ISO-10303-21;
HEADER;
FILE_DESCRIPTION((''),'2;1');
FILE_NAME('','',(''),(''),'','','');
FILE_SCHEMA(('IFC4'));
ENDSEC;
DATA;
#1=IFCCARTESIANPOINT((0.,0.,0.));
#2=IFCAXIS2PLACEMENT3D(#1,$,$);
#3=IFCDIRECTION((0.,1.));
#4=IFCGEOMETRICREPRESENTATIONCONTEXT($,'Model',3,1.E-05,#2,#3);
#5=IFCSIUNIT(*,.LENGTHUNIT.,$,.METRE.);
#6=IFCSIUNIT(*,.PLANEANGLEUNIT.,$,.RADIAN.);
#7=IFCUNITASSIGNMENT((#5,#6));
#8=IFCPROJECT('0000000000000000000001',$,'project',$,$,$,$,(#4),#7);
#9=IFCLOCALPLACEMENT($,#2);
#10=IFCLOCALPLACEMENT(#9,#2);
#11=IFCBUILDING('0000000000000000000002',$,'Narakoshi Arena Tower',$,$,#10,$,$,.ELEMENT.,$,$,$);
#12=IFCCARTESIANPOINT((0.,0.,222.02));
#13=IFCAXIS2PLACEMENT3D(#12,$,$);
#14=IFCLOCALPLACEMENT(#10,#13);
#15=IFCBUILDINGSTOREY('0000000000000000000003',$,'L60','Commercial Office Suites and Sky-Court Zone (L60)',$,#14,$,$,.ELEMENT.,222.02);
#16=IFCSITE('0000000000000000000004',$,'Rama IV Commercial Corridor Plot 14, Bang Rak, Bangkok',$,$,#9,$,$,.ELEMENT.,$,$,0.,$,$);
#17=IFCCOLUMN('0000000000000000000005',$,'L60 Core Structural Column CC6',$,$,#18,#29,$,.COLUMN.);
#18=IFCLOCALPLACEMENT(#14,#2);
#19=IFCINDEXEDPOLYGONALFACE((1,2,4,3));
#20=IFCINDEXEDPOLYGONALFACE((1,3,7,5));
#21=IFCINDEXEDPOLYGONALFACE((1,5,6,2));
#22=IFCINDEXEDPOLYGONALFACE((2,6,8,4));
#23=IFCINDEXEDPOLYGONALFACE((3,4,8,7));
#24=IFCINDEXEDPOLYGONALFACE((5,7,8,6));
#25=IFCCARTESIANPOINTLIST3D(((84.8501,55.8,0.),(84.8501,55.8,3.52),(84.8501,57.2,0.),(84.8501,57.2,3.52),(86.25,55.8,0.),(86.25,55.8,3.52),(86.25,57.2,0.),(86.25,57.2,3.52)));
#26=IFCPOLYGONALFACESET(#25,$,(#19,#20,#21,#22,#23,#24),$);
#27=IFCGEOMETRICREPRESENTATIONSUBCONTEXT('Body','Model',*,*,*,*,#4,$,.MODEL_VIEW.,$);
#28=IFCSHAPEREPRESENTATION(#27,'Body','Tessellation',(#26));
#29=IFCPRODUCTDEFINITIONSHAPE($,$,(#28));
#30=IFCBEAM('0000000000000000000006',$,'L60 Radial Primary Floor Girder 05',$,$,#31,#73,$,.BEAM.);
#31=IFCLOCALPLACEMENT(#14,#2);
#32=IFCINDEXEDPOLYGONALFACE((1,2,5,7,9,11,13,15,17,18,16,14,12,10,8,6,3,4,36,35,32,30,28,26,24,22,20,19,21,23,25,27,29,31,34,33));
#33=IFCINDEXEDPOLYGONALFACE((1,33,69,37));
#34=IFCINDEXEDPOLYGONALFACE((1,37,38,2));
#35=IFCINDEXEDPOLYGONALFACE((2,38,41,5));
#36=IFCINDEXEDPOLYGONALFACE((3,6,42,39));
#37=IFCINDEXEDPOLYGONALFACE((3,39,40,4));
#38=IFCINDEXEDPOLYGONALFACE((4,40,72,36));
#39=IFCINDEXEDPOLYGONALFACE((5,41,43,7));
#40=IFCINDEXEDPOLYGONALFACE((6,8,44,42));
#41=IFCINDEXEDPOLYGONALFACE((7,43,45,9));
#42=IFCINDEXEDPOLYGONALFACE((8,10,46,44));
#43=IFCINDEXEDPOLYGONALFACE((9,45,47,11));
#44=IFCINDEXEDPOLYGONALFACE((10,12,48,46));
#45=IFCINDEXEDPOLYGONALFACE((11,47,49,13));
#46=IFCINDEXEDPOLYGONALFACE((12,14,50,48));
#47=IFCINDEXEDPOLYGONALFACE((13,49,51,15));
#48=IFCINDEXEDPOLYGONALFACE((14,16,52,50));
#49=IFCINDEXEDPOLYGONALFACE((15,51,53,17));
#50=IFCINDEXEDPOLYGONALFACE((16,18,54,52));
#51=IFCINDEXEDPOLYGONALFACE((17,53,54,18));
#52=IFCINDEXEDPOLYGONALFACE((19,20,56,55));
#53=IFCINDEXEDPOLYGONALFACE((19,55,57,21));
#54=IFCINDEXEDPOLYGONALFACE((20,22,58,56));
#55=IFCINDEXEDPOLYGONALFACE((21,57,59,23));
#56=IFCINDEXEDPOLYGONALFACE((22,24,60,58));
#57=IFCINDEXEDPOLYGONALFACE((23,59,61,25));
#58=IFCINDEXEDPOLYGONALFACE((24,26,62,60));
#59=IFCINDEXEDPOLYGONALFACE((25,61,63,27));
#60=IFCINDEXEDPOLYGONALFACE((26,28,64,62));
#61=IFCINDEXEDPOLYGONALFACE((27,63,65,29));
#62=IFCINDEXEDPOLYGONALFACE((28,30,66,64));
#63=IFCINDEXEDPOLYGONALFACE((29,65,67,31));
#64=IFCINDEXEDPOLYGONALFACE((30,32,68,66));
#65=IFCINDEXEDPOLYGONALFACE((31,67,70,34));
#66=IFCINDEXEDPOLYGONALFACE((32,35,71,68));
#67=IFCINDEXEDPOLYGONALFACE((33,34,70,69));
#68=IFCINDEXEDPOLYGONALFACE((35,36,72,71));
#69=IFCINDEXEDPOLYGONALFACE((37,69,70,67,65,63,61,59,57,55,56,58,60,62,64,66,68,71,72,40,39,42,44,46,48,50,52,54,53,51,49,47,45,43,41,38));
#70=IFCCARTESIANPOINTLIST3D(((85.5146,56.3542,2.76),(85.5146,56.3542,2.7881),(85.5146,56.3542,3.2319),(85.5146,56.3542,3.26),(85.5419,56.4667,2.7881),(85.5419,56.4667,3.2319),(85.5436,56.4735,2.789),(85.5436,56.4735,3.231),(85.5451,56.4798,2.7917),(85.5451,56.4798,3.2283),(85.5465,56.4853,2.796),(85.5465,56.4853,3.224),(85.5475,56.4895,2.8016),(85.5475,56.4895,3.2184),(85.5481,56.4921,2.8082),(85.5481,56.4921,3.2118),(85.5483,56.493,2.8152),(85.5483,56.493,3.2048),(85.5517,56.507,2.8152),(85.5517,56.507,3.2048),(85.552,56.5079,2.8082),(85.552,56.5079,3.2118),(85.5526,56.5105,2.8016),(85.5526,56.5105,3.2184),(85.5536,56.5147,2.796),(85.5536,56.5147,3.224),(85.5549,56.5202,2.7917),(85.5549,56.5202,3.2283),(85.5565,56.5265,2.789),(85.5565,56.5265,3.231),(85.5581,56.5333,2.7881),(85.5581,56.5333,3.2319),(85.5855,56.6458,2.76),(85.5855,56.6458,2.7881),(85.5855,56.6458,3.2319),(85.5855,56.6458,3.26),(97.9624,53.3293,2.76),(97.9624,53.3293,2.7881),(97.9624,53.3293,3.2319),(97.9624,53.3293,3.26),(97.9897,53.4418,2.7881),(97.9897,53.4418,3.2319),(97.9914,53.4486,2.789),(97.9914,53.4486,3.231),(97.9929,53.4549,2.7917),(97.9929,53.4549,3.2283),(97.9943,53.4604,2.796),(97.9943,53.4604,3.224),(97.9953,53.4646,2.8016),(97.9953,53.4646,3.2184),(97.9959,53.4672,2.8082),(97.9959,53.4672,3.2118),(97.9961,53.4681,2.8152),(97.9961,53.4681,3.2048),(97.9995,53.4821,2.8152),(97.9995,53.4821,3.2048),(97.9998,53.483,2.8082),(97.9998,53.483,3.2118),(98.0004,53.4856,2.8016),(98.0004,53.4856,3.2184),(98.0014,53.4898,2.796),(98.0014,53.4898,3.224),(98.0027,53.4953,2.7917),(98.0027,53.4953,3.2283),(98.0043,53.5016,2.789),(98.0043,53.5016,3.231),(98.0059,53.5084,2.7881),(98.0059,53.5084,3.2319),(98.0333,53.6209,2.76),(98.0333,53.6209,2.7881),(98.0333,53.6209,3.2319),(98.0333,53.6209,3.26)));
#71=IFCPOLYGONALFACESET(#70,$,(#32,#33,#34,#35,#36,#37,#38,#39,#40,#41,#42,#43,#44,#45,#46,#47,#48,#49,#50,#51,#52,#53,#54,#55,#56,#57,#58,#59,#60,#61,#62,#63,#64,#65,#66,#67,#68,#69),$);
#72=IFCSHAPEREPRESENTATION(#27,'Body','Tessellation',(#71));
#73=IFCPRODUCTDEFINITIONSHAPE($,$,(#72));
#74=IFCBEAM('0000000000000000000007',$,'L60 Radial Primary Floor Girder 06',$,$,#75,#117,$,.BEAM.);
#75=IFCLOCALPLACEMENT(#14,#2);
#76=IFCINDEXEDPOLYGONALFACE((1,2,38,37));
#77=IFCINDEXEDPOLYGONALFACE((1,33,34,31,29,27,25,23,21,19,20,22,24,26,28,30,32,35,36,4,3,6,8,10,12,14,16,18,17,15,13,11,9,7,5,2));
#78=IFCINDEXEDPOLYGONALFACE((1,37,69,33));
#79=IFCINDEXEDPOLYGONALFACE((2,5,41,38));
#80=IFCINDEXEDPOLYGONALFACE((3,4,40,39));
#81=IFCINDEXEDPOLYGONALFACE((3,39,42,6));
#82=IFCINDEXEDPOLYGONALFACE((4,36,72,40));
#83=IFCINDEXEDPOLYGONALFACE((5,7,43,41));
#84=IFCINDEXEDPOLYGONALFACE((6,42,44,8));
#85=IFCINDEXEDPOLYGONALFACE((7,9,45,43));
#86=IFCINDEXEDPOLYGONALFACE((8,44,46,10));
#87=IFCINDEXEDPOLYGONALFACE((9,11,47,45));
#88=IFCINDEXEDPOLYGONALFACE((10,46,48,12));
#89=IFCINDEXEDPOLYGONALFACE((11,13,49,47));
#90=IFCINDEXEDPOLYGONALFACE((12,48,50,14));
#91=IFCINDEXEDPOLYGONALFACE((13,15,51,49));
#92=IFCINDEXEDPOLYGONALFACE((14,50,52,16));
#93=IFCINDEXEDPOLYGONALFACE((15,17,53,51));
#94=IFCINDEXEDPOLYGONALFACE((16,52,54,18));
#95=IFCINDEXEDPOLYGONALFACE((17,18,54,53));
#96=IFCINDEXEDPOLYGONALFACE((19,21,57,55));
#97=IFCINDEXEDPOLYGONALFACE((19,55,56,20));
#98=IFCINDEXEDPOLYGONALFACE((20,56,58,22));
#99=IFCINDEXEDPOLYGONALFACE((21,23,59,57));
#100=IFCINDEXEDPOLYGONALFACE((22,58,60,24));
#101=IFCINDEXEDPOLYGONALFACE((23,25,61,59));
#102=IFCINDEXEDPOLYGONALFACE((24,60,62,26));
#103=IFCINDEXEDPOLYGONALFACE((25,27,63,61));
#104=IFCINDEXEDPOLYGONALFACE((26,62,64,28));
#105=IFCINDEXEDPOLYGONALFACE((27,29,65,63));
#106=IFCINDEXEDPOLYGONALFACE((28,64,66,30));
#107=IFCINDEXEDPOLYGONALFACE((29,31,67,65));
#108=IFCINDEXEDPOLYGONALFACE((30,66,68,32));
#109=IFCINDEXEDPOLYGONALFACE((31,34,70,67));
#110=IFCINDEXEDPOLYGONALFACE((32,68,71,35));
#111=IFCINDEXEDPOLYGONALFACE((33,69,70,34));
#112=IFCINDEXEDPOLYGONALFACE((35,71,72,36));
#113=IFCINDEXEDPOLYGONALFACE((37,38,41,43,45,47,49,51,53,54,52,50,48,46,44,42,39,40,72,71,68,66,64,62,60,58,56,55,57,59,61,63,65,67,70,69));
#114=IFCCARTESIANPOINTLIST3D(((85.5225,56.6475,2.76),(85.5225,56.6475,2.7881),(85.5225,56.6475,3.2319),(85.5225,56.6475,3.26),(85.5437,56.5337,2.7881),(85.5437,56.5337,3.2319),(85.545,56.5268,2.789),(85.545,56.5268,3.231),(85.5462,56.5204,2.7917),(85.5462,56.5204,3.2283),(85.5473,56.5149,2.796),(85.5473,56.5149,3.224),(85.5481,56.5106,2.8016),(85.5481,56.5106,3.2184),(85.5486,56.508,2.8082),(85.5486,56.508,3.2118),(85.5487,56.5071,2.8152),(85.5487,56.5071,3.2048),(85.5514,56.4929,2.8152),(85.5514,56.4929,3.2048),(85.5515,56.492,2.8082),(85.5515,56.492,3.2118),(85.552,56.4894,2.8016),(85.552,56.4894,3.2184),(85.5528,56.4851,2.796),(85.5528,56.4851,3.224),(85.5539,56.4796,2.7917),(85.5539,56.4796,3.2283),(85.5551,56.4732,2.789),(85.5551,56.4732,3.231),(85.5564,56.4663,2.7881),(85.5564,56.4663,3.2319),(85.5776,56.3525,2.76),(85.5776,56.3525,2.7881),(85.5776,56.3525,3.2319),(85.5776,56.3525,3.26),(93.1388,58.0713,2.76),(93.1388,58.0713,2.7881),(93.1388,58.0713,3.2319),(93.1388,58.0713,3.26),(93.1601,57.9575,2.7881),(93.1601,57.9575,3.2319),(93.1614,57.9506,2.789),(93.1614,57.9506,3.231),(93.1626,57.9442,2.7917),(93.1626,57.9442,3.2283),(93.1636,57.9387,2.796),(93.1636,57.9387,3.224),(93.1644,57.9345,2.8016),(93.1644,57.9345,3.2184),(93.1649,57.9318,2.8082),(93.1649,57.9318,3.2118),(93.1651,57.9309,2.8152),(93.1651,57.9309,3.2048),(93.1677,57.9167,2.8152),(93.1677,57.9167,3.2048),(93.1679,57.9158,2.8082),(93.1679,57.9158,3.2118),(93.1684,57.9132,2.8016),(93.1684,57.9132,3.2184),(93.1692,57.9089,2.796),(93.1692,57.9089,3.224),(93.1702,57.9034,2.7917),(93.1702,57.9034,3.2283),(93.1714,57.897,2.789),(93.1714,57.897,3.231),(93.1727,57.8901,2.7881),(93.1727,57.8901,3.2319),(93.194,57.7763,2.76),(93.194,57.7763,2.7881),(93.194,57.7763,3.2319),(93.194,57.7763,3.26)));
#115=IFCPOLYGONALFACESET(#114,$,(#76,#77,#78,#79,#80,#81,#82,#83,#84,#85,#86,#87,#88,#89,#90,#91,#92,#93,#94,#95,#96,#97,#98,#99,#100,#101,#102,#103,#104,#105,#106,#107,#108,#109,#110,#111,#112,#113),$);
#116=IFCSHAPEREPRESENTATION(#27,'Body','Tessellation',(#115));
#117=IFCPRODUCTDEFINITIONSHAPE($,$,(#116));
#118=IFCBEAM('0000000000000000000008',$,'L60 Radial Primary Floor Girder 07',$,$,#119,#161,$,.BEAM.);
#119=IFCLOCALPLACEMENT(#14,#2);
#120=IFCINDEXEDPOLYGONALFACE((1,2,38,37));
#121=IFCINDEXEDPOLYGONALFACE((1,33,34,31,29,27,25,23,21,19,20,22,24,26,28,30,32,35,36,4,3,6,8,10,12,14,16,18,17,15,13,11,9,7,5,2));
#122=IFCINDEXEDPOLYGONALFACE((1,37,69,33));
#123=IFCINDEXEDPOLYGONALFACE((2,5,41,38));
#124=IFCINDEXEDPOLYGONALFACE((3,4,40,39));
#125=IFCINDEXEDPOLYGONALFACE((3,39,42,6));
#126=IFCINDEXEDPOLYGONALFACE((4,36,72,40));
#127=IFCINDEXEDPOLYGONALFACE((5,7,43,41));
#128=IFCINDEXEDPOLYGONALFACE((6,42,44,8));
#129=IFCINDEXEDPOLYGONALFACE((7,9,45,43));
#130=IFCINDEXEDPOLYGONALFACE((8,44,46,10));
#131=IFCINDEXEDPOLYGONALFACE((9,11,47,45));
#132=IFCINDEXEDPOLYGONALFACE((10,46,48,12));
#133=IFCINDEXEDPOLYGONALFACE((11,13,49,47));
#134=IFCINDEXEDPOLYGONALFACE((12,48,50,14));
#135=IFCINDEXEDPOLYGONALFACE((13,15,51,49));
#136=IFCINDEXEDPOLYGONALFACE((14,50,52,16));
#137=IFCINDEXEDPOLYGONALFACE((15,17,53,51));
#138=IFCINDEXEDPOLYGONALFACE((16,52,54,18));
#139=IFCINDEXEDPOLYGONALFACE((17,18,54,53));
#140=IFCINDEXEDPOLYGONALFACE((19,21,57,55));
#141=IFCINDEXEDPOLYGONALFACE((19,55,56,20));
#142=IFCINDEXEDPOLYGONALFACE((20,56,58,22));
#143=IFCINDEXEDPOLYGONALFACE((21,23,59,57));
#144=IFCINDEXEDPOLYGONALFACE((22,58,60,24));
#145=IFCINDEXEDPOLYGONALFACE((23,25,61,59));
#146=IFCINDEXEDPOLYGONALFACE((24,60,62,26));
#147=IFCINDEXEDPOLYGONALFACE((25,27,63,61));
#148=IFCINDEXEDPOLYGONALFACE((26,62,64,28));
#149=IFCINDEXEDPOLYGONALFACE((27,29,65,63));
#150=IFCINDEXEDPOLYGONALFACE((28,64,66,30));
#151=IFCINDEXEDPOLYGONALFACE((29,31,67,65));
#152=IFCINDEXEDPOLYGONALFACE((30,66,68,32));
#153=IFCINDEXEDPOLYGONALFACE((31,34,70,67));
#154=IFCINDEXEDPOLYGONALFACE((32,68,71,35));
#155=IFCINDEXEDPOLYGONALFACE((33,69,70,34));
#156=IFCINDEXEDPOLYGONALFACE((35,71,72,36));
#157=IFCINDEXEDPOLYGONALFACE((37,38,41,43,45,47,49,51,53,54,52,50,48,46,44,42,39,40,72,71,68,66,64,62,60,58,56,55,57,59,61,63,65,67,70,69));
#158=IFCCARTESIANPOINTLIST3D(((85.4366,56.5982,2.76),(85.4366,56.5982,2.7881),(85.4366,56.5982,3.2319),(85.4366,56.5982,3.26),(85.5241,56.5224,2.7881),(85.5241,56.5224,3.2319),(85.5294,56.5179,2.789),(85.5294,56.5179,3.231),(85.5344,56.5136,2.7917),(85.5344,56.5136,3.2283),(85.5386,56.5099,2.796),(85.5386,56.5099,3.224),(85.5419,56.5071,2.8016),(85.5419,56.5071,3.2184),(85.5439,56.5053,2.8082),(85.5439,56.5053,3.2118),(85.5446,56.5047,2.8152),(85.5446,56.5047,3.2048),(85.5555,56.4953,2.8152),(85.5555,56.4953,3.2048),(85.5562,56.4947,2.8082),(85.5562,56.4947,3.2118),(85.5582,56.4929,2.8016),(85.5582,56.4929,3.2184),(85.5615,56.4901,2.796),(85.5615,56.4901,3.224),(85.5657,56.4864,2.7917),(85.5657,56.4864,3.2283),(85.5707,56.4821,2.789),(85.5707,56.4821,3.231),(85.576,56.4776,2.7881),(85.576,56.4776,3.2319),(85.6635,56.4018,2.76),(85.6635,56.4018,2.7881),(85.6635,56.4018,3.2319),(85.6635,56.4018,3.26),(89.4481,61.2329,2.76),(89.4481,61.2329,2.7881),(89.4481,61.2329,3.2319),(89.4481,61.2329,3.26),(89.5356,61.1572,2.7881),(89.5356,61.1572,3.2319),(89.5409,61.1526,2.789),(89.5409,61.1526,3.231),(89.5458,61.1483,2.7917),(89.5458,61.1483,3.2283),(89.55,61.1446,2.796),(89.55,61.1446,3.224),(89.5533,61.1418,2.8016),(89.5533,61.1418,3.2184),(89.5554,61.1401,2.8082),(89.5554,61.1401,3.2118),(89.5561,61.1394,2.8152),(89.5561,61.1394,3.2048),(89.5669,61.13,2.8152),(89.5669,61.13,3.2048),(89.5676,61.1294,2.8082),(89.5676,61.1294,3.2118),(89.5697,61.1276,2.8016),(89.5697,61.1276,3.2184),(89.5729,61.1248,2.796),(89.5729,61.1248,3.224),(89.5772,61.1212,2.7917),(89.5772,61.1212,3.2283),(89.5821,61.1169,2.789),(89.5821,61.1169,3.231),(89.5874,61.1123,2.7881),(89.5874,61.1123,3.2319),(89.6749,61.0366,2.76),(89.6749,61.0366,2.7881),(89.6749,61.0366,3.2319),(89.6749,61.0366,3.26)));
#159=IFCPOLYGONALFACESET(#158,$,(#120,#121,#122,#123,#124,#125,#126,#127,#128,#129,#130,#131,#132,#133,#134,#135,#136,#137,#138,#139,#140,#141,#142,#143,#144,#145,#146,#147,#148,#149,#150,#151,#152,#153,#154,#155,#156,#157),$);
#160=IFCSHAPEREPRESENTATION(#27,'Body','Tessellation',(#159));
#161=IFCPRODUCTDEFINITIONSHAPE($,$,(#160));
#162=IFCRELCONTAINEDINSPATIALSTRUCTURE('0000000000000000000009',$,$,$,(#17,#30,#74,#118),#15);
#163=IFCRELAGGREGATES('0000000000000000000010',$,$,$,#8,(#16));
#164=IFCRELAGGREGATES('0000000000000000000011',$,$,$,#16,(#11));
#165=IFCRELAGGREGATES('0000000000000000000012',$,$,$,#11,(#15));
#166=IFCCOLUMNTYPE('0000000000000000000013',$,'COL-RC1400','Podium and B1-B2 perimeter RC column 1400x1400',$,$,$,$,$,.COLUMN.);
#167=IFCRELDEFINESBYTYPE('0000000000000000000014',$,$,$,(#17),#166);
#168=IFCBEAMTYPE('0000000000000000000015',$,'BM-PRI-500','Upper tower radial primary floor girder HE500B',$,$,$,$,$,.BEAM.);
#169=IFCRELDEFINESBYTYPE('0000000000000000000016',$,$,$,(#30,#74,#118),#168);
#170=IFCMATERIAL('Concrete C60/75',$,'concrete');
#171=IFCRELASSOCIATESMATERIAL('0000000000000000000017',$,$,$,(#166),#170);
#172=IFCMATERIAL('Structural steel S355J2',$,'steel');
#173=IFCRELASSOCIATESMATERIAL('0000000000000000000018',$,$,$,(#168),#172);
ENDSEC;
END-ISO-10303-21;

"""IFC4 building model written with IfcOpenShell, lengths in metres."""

from ifc_helpers import new_model, si_unit, direction, frame, origin, origin_2d, place, context, subcontext, project, spatial, rectangle, i_section, extrude, material, material_profile, profile_set, type_object, element, save


model = new_model("IFC4")

# Units and contexts
model_context = context("Model", 3, precision=1e-05, world=origin(), true_north=direction((0.0, 1.0)))
body_context = subcontext(model_context, "Body", "Model", "MODEL_VIEW")
ifc_project = project(units=[si_unit("LENGTHUNIT", "METRE"), si_unit("PLANEANGLEUNIT", "RADIAN")], contexts=[model_context])

# Site, building, storey
site_placement = place(None, origin())
site = spatial("IfcSite", under=ifc_project, at=site_placement, Name="Rama IV Commercial Corridor Plot 14, Bang Rak, Bangkok", CompositionType="ELEMENT", RefElevation=0.0)
building_placement = place(site_placement, origin())
building = spatial("IfcBuilding", under=site, at=building_placement, Name="Narakoshi Arena Tower", CompositionType="ELEMENT")
storey_placement = place(building_placement, frame((0.0, 0.0, 222.02)))
storey = spatial("IfcBuildingStorey", under=building, at=storey_placement, Name="L60", Description="Commercial Office Suites and Sky-Court Zone (L60)", CompositionType="ELEMENT", Elevation=222.02)

# Column
ifc_material_1 = material(Name="Concrete C60/75", Category="concrete")
ifc_material_profile_1 = material_profile(ifc_material_1, rectangle(XDim=1.3999, YDim=1.3999, at=origin_2d()), Name="RC1400x1400")
ifc_profile_set_1 = profile_set([ifc_material_profile_1], Name="Concrete C60/75")
column_type = type_object("IfcColumnType", Name="COL-RC1400", Description="Podium and B1-B2 perimeter RC column 1400x1400", PredefinedType="COLUMN", material=ifc_profile_set_1)
column_placement = place(storey_placement, frame((85.55, 56.5, 0.0), z_axis=(0.0, 0.0, 1.0), x_axis=(1.0, 0.0, 0.0)))
element("IfcColumn", 1, at=column_placement, inside=storey, type_object=column_type, Name="L60 Core Structural Column CC6", PredefinedType="COLUMN", context=body_context, shape_type="SweptSolid", body=[
    extrude(rectangle(XDim=1.3999, YDim=1.3999, at=origin_2d()), origin(), (0.0, 0.0, 1.0), 3.52),
])

# Beams
ifc_material_2 = material(Name="Structural steel S355J2", Category="steel")
ifc_material_profile_2 = material_profile(ifc_material_2, i_section(OverallWidth=0.3, OverallDepth=0.5, WebThickness=0.0144, FlangeThickness=0.0281, FilletRadius=0.0271, at=origin_2d()), Name="HE500B")
ifc_profile_set_2 = profile_set([ifc_material_profile_2], Name="Structural steel S355J2")
beam_type = type_object("IfcBeamType", Name="BM-PRI-500", Description="Upper tower radial primary floor girder HE500B", PredefinedType="BEAM", material=ifc_profile_set_2)
beam_1_placement = place(storey_placement, frame((85.55, 56.5, 3.01), z_axis=(0.97172, -0.236136, 0.0), x_axis=(0.236136, 0.97172, 0.0)))
element("IfcBeam", 2, at=beam_1_placement, inside=storey, type_object=beam_type, Name="L60 Radial Primary Floor Girder 05", PredefinedType="BEAM", context=body_context, shape_type="SweptSolid", body=[
    extrude(i_section(OverallWidth=0.3, OverallDepth=0.5, WebThickness=0.0144, FlangeThickness=0.0281, FilletRadius=0.0271, at=origin_2d()), origin(), (0.0, 0.0, 1.0), 12.8101),
])
beam_2_placement = place(storey_placement, frame((85.55, 56.5, 3.01), z_axis=(0.982972, 0.183758, 0.0), x_axis=(-0.183758, 0.982972, 0.0)))
element("IfcBeam", 3, at=beam_2_placement, inside=storey, type_object=beam_type, Name="L60 Radial Primary Floor Girder 06", PredefinedType="BEAM", context=body_context, shape_type="SweptSolid", body=[
    extrude(i_section(OverallWidth=0.3, OverallDepth=0.5, WebThickness=0.0144, FlangeThickness=0.0281, FilletRadius=0.0271, at=origin_2d()), origin(), (0.0, 0.0, 1.0), 7.7483),
])
beam_3_placement = place(storey_placement, frame((85.55, 56.5, 3.01), z_axis=(0.654435, 0.756119, 0.0), x_axis=(-0.756119, 0.654435, 0.0)))
element("IfcBeam", 4, at=beam_3_placement, inside=storey, type_object=beam_type, Name="L60 Radial Primary Floor Girder 07", PredefinedType="BEAM", context=body_context, shape_type="SweptSolid", body=[
    extrude(i_section(OverallWidth=0.3, OverallDepth=0.5, WebThickness=0.0144, FlangeThickness=0.0281, FilletRadius=0.0271, at=origin_2d()), origin(), (0.0, 0.0, 1.0), 6.1296),
])

save(model, "model.ifc")
